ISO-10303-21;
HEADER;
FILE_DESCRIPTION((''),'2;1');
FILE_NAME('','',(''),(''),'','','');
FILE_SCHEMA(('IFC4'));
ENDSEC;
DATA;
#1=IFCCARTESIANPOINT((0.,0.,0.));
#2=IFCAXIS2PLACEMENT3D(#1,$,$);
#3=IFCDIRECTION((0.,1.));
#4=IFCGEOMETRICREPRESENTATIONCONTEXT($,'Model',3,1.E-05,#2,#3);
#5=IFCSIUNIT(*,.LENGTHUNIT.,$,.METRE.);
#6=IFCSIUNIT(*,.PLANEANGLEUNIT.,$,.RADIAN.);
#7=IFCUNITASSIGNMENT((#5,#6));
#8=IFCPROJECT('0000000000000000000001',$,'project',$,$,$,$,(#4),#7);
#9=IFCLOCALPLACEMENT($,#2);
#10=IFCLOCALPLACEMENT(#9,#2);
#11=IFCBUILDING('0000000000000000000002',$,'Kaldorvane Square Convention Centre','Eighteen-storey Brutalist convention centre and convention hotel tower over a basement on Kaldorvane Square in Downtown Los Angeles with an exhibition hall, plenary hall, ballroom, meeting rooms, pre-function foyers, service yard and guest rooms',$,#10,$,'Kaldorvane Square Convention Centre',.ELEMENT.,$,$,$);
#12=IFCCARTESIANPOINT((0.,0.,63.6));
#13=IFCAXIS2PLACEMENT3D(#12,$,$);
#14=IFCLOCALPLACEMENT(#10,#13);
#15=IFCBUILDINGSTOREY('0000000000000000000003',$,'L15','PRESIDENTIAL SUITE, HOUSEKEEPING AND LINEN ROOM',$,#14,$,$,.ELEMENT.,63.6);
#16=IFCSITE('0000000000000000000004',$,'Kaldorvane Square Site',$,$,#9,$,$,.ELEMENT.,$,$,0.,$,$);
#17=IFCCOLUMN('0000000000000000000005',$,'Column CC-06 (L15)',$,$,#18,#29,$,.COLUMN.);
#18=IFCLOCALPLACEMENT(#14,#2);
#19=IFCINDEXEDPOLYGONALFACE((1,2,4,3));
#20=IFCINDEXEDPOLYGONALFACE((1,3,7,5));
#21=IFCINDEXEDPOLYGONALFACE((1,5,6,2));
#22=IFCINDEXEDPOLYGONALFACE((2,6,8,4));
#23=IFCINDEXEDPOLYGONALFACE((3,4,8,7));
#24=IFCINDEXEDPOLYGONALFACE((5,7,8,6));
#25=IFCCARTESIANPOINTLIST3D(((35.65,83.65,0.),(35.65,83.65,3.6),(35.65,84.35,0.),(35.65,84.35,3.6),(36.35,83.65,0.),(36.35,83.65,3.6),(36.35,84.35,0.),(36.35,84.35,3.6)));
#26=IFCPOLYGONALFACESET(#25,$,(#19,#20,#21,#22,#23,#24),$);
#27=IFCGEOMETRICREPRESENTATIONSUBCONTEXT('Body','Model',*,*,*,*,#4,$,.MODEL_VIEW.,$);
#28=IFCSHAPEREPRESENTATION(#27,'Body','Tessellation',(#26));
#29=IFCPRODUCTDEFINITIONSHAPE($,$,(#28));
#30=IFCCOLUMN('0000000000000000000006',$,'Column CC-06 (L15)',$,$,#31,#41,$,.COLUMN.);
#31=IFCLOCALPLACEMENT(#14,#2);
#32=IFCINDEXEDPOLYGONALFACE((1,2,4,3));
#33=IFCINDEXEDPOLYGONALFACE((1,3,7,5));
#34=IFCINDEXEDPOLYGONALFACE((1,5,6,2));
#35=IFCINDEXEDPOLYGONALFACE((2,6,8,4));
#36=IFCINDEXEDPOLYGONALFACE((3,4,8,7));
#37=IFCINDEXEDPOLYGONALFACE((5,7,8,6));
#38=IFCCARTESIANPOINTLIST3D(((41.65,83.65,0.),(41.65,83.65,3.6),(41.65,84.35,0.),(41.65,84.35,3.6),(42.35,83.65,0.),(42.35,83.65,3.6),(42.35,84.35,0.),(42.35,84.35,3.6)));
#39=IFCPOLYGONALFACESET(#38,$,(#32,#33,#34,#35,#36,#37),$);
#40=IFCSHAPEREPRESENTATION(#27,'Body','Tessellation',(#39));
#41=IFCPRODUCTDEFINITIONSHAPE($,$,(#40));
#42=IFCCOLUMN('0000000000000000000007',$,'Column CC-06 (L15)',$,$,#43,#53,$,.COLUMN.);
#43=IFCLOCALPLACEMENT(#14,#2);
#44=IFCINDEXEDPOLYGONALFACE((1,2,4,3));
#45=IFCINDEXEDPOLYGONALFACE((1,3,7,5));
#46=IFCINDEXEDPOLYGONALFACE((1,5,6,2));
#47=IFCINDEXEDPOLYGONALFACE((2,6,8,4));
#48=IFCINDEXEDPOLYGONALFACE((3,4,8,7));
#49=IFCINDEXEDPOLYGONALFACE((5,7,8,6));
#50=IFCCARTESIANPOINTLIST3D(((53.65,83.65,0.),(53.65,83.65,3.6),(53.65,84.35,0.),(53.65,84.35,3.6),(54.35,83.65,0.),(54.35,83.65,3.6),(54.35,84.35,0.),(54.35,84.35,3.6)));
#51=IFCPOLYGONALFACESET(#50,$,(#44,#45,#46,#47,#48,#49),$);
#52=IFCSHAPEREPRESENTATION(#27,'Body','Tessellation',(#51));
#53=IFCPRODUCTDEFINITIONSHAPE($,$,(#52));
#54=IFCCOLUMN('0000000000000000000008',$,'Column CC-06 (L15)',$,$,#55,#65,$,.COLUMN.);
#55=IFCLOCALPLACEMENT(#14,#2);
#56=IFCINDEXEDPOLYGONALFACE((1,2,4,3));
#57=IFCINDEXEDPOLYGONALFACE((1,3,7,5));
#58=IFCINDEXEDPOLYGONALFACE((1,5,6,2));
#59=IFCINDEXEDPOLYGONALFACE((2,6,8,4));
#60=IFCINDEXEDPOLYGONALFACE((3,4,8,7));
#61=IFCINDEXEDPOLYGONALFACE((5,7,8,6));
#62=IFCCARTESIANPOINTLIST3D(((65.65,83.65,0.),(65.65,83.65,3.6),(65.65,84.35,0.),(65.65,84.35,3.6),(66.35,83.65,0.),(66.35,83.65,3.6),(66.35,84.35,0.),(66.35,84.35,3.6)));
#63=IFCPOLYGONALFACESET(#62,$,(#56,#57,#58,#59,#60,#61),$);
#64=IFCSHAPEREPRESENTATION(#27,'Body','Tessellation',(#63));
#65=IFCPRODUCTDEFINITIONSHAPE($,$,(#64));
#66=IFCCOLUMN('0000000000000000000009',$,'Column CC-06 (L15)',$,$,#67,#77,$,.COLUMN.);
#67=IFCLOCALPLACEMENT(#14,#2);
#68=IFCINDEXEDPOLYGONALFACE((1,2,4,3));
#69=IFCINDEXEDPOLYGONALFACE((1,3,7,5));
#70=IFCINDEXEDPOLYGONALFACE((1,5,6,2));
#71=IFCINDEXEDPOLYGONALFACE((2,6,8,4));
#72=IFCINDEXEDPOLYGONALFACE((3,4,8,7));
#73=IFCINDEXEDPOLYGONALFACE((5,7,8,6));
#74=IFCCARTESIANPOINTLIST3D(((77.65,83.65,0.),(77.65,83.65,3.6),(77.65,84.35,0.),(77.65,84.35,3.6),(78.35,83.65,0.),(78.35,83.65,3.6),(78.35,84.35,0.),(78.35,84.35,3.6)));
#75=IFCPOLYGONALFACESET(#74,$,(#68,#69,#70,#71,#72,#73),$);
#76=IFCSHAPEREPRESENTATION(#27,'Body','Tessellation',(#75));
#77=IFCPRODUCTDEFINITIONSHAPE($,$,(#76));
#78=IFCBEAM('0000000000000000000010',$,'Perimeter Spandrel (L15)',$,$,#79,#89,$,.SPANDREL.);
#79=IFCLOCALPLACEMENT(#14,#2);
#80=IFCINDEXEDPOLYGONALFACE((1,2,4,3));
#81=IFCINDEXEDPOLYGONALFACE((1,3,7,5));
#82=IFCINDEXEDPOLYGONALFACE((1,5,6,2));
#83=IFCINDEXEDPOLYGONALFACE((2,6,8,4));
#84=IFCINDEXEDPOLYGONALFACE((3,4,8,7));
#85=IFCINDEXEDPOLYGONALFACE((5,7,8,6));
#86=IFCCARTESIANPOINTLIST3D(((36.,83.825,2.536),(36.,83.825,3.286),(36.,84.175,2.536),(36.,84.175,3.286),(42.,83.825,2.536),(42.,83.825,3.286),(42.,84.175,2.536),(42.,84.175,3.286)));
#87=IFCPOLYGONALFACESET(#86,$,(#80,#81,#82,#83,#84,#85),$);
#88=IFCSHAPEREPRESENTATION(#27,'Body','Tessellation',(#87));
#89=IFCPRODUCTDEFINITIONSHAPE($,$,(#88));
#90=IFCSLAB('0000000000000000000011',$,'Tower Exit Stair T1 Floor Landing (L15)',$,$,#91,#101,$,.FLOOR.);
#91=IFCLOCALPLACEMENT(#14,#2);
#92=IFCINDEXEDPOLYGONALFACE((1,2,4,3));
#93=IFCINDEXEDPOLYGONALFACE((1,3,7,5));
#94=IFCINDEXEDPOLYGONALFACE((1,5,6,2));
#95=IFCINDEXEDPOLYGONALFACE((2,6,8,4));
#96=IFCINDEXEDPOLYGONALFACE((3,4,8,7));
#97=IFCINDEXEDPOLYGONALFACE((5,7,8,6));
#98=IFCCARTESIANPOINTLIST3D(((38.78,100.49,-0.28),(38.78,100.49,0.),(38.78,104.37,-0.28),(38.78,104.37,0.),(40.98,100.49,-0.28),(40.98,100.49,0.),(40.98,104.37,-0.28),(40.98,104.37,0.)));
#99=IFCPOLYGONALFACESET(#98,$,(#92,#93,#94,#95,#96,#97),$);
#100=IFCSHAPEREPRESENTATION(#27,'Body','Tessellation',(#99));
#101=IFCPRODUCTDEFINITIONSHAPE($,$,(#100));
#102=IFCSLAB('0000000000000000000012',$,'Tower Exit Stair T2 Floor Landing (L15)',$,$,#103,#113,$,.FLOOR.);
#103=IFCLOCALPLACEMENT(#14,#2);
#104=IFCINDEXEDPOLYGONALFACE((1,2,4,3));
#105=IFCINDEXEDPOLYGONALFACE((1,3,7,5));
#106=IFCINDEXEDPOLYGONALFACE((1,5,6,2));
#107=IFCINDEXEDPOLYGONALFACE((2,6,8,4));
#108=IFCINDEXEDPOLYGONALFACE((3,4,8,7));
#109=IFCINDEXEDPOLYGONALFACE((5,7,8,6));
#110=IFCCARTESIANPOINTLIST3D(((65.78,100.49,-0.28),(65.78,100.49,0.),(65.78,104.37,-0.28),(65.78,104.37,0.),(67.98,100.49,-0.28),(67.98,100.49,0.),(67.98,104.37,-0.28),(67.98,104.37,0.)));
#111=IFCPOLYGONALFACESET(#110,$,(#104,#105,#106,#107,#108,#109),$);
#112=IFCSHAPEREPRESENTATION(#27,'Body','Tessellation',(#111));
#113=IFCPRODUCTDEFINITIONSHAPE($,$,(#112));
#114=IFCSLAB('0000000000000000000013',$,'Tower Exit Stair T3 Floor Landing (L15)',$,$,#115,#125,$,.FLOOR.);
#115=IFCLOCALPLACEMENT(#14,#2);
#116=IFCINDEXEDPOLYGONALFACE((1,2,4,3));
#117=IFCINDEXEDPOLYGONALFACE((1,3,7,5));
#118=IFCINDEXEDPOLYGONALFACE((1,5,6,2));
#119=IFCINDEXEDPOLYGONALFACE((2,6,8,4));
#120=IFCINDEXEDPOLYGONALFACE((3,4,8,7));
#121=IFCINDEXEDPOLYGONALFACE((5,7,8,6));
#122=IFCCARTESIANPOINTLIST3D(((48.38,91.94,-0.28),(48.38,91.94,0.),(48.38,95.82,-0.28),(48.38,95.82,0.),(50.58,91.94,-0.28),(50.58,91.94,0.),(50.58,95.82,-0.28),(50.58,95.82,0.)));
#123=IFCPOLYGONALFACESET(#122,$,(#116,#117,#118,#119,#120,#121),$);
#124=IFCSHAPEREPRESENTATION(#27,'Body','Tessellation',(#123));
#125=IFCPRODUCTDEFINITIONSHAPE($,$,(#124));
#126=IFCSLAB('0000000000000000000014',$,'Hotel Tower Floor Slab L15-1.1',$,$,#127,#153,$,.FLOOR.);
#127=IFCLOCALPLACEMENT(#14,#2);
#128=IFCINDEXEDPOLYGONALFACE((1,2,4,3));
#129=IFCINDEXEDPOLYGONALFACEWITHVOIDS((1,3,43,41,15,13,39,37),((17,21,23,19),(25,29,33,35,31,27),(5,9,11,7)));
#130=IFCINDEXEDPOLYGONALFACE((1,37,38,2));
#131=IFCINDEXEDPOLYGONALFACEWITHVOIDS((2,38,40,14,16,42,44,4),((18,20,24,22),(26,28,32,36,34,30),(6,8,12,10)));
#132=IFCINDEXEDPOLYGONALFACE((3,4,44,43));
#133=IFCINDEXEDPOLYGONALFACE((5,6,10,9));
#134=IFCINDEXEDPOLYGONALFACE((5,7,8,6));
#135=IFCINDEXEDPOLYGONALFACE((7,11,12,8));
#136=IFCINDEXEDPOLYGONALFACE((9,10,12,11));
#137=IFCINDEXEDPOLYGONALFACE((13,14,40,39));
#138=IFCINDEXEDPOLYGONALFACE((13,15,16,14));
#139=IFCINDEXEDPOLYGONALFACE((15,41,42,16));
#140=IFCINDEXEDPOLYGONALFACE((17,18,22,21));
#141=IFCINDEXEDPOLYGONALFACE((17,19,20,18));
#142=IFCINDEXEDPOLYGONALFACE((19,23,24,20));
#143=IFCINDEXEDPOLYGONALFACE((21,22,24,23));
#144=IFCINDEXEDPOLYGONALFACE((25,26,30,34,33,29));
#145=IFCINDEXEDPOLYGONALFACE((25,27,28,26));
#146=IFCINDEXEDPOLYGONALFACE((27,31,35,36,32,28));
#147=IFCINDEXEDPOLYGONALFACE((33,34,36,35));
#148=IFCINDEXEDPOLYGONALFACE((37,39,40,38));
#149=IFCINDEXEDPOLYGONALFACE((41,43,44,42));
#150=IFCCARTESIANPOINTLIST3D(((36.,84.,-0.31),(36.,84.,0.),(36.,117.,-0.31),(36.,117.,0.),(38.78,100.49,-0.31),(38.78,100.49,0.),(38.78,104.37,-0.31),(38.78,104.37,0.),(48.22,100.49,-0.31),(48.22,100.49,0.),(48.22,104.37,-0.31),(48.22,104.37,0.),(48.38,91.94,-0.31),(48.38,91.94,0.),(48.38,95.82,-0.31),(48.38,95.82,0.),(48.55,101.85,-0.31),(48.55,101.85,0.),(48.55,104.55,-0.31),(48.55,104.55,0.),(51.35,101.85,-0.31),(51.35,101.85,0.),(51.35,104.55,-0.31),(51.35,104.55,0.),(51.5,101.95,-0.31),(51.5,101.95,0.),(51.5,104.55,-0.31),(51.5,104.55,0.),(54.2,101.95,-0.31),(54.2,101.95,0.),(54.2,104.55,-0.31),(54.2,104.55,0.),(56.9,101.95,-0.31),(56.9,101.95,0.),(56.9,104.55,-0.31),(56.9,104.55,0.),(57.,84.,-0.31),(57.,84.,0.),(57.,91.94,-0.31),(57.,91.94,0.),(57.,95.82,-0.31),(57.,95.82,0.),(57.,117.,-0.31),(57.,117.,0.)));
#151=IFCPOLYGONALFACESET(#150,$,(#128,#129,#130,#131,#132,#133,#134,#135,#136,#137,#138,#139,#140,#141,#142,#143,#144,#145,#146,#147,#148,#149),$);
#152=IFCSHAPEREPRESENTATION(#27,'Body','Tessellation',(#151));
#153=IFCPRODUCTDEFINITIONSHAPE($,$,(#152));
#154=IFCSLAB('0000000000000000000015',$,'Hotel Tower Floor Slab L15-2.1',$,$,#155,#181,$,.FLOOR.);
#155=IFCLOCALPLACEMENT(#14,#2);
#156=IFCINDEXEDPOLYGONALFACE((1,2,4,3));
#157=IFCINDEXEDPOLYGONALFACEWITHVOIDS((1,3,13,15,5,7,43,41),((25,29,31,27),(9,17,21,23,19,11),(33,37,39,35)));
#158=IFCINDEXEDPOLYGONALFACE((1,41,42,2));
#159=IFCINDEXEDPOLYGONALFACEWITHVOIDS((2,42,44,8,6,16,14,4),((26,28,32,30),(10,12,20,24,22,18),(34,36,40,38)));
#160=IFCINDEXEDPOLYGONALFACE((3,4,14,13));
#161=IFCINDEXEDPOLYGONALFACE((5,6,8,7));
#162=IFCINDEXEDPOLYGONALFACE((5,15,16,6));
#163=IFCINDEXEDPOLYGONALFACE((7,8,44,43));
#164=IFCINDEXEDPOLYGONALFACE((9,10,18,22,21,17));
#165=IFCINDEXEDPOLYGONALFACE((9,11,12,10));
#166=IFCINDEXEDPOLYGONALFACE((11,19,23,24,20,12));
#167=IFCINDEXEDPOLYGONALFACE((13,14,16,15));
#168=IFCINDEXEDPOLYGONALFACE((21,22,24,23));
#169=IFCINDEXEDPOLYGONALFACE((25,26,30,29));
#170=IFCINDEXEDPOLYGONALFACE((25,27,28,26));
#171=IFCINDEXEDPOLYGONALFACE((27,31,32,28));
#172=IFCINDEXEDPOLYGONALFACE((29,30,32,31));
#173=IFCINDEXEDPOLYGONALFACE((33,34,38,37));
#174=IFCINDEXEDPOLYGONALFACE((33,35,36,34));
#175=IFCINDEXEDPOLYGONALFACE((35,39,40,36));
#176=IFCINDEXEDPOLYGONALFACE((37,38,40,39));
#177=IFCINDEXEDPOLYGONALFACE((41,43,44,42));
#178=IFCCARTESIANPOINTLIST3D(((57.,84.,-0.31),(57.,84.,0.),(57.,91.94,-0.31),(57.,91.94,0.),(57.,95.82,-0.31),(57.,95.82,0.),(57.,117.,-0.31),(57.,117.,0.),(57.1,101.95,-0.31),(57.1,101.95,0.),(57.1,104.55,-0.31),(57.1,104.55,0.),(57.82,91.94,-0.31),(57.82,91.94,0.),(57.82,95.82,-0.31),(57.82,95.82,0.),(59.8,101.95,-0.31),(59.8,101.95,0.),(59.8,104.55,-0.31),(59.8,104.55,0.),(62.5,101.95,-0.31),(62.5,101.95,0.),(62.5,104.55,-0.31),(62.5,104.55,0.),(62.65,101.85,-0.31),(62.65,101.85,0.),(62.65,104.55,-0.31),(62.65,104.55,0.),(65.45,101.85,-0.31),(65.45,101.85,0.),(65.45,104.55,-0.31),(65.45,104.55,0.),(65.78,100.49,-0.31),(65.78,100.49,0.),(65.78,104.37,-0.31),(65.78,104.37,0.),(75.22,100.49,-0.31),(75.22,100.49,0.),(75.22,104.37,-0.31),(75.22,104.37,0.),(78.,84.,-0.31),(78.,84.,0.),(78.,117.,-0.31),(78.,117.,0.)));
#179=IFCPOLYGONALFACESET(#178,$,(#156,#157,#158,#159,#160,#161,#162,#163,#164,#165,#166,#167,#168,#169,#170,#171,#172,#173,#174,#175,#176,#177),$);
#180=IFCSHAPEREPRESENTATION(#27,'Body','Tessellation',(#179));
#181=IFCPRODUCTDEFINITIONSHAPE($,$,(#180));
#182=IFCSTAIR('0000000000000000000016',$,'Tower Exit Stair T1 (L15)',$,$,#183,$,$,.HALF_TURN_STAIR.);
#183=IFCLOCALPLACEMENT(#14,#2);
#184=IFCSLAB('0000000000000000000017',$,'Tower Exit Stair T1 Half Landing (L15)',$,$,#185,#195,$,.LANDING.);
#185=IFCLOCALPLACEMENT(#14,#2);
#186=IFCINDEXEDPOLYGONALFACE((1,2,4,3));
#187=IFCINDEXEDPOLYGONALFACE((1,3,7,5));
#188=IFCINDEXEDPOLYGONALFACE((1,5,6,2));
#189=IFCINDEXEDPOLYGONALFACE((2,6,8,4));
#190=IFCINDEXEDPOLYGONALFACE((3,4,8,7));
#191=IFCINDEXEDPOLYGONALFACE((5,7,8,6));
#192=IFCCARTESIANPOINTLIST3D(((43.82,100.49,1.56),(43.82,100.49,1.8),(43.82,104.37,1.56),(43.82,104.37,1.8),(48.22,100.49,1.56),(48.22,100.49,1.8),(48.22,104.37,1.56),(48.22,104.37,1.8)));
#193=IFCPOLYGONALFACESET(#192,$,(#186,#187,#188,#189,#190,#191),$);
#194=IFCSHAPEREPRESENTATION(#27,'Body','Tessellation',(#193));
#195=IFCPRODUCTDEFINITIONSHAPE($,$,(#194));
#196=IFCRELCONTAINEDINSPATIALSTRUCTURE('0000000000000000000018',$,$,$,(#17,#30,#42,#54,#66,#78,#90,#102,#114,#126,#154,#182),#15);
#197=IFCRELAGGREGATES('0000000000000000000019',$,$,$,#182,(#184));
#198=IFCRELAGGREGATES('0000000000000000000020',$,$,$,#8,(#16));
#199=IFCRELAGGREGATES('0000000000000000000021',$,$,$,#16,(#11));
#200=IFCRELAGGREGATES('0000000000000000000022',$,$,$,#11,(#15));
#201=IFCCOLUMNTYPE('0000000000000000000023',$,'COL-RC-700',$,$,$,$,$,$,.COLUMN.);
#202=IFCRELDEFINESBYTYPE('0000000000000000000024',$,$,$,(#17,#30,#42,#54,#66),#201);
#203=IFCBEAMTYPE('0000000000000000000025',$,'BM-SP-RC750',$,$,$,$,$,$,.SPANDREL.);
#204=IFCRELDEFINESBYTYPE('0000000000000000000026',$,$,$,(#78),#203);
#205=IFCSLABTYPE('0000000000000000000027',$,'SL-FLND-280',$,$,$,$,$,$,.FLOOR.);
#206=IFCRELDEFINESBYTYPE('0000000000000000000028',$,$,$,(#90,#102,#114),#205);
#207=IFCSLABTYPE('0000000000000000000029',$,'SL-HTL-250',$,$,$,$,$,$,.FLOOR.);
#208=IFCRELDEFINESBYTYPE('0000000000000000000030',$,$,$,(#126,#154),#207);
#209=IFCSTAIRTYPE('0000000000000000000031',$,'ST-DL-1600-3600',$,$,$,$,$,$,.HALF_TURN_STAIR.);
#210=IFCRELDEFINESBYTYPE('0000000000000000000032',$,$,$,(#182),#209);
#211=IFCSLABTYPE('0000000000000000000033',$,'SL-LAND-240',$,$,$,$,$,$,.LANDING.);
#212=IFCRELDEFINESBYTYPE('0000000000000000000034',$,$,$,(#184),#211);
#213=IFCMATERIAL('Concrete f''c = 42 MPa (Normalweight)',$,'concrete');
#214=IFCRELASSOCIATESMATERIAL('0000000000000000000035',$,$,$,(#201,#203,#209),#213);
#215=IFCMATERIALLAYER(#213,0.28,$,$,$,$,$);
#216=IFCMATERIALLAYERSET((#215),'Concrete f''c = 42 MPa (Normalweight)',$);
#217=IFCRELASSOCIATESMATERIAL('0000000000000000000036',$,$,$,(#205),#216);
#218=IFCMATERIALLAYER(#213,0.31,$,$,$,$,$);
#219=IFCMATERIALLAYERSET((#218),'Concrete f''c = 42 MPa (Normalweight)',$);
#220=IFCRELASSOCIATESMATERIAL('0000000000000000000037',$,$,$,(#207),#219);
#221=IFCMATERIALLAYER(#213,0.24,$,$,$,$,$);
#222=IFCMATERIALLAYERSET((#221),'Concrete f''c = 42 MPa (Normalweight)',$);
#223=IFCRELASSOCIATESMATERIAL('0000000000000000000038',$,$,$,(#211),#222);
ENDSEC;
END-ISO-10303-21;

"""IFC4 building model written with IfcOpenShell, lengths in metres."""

from ifc_helpers import new_model, si_unit, direction, frame, origin, origin_2d, place, context, subcontext, project, spatial, polyline, rectangle, outline, extrude, material, layer, layer_set, material_profile, profile_set, type_object, element, aggregate, save


model = new_model("IFC4")

# Units and contexts
model_context = context("Model", 3, precision=1e-05, world=origin(), true_north=direction((0.0, 1.0)))
body_context = subcontext(model_context, "Body", "Model", "MODEL_VIEW")
ifc_project = project(units=[si_unit("LENGTHUNIT", "METRE"), si_unit("PLANEANGLEUNIT", "RADIAN")], contexts=[model_context])

# Site, building, storey
site_placement = place(None, origin())
site = spatial("IfcSite", under=ifc_project, at=site_placement, Name="Kaldorvane Square Site", CompositionType="ELEMENT", RefElevation=0.0)
building_placement = place(site_placement, origin())
building = spatial("IfcBuilding", under=site, at=building_placement, Name="Kaldorvane Square Convention Centre", Description="Eighteen-storey Brutalist convention centre and convention hotel tower over a basement on Kaldorvane Square in Downtown Los Angeles with an exhibition hall, plenary hall, ballroom, meeting rooms, pre-function foyers, service yard and guest rooms", LongName="Kaldorvane Square Convention Centre", CompositionType="ELEMENT")
storey_placement = place(building_placement, frame((0.0, 0.0, 63.6)))
storey = spatial("IfcBuildingStorey", under=building, at=storey_placement, Name="L15", Description="PRESIDENTIAL SUITE, HOUSEKEEPING AND LINEN ROOM", CompositionType="ELEMENT", Elevation=63.6)

# Columns
ifc_material = material(Name="Concrete f'c = 42 MPa (Normalweight)", Category="concrete")
ifc_material_profile_1 = material_profile(ifc_material, rectangle(XDim=0.7, YDim=0.7, at=origin_2d()), Name="RC700X700")
ifc_profile_set_1 = profile_set([ifc_material_profile_1], Name="Concrete f'c = 42 MPa (Normalweight)")
column_type = type_object("IfcColumnType", Name="COL-RC-700", PredefinedType="COLUMN", material=ifc_profile_set_1)
for number, where, z_axis, x_axis, name in (
    (1, (36.0, 84.0, 0.0), (0.0, 0.0, 1.0), (1.0, 0.0, 0.0), "Column CC-06 (L15)"),
    (2, (42.0, 84.0, 0.0), (0.0, 0.0, 1.0), (1.0, 0.0, 0.0), "Column CC-06 (L15)"),
    (3, (54.0, 84.0, 0.0), (0.0, 0.0, 1.0), (1.0, 0.0, 0.0), "Column CC-06 (L15)"),
    (4, (66.0, 84.0, 0.0), (0.0, 0.0, 1.0), (1.0, 0.0, 0.0), "Column CC-06 (L15)"),
    (5, (78.0, 84.0, 0.0), (0.0, 0.0, 1.0), (1.0, 0.0, 0.0), "Column CC-06 (L15)"),
):
    element("IfcColumn", number, at=place(storey_placement, frame(where, z_axis=z_axis, x_axis=x_axis)), inside=storey, type_object=column_type, Name=name, PredefinedType="COLUMN", context=body_context, shape_type="SweptSolid", body=[
        extrude(rectangle(XDim=0.7, YDim=0.7, at=origin_2d()), origin(), (0.0, 0.0, 1.0), 3.6),
    ])

# Beam
ifc_material_profile_2 = material_profile(ifc_material, rectangle(XDim=0.35, YDim=0.75, at=origin_2d()), Name="RCSP750X350")
ifc_profile_set_2 = profile_set([ifc_material_profile_2], Name="Concrete f'c = 42 MPa (Normalweight)")
beam_type = type_object("IfcBeamType", Name="BM-SP-RC750", PredefinedType="SPANDREL", material=ifc_profile_set_2)
beam_placement = place(storey_placement, frame((36.0, 84.0, 2.911), z_axis=(1.0, 0.0, 0.0), x_axis=(0.0, 1.0, 0.0)))
element("IfcBeam", 6, at=beam_placement, inside=storey, type_object=beam_type, Name="Perimeter Spandrel (L15)", PredefinedType="SPANDREL", context=body_context, shape_type="SweptSolid", body=[
    extrude(rectangle(XDim=0.35, YDim=0.75, at=origin_2d()), origin(), (0.0, 0.0, 1.0), 6.0),
])

# Slabs
ifc_layer_1 = layer(ifc_material, 0.28)
ifc_layer_set_1 = layer_set([ifc_layer_1], Name="Concrete f'c = 42 MPa (Normalweight)")
slab_type_1 = type_object("IfcSlabType", Name="SL-FLND-280", PredefinedType="FLOOR", material=ifc_layer_set_1)
slab_1_placement = place(storey_placement, frame((0.0, 0.0, -0.28)))
element("IfcSlab", 7, at=slab_1_placement, inside=storey, type_object=slab_type_1, Name="Tower Exit Stair T1 Floor Landing (L15)", PredefinedType="FLOOR", context=body_context, shape_type="SweptSolid", body=[
    extrude(outline(polyline([(38.78, 100.49), (40.98, 100.49), (40.98, 104.37), (38.78, 104.37), (38.78, 100.49)])), origin(), (0.0, 0.0, 1.0), 0.28),
])
slab_2_placement = place(storey_placement, frame((0.0, 0.0, -0.28)))
element("IfcSlab", 8, at=slab_2_placement, inside=storey, type_object=slab_type_1, Name="Tower Exit Stair T2 Floor Landing (L15)", PredefinedType="FLOOR", context=body_context, shape_type="SweptSolid", body=[
    extrude(outline(polyline([(65.78, 100.49), (67.98, 100.49), (67.98, 104.37), (65.78, 104.37), (65.78, 100.49)])), origin(), (0.0, 0.0, 1.0), 0.28),
])
slab_3_placement = place(storey_placement, frame((0.0, 0.0, -0.28)))
element("IfcSlab", 9, at=slab_3_placement, inside=storey, type_object=slab_type_1, Name="Tower Exit Stair T3 Floor Landing (L15)", PredefinedType="FLOOR", context=body_context, shape_type="SweptSolid", body=[
    extrude(outline(polyline([(48.38, 91.94), (50.58, 91.94), (50.58, 95.82), (48.38, 95.82), (48.38, 91.94)])), origin(), (0.0, 0.0, 1.0), 0.28),
])
ifc_layer_2 = layer(ifc_material, 0.31)
ifc_layer_set_2 = layer_set([ifc_layer_2], Name="Concrete f'c = 42 MPa (Normalweight)")
slab_type_2 = type_object("IfcSlabType", Name="SL-HTL-250", PredefinedType="FLOOR", material=ifc_layer_set_2)
slab_4_placement = place(storey_placement, frame((0.0, 0.0, -0.31)))
element("IfcSlab", 10, at=slab_4_placement, inside=storey, type_object=slab_type_2, Name="Hotel Tower Floor Slab L15-1.1", PredefinedType="FLOOR", context=body_context, shape_type="SweptSolid", body=[
    extrude(outline(polyline([(36.0, 117.0), (57.0, 117.0), (57.0, 95.82), (48.38, 95.82), (48.38, 91.94), (57.0, 91.94), (57.0, 84.0), (36.0, 84.0), (36.0, 117.0)]), holes=[polyline([(38.78, 104.37), (38.78, 100.49), (48.22, 100.49), (48.22, 104.37), (38.78, 104.37)]), polyline([(48.55, 104.55), (48.55, 101.85), (51.35, 101.85), (51.35, 104.55), (48.55, 104.55)]), polyline([(51.5, 104.55), (51.5, 101.95), (54.2, 101.95), (56.9, 101.95), (56.9, 104.55), (54.2, 104.55), (51.5, 104.55)])]), origin(), (0.0, 0.0, 1.0), 0.31),
])
slab_5_placement = place(storey_placement, frame((0.0, 0.0, -0.31)))
element("IfcSlab", 11, at=slab_5_placement, inside=storey, type_object=slab_type_2, Name="Hotel Tower Floor Slab L15-2.1", PredefinedType="FLOOR", context=body_context, shape_type="SweptSolid", body=[
    extrude(outline(polyline([(78.0, 117.0), (78.0, 84.0), (57.0, 84.0), (57.0, 91.94), (57.82, 91.94), (57.82, 95.82), (57.0, 95.82), (57.0, 117.0), (78.0, 117.0)]), holes=[polyline([(65.78, 104.37), (65.78, 100.49), (75.22, 100.49), (75.22, 104.37), (65.78, 104.37)]), polyline([(62.65, 104.55), (62.65, 101.85), (65.45, 101.85), (65.45, 104.55), (62.65, 104.55)]), polyline([(57.1, 104.55), (57.1, 101.95), (59.8, 101.95), (62.5, 101.95), (62.5, 104.55), (59.8, 104.55), (57.1, 104.55)])]), origin(), (0.0, 0.0, 1.0), 0.31),
])

# Stair, slab
stair_type = type_object("IfcStairType", Name="ST-DL-1600-3600", PredefinedType="HALF_TURN_STAIR", material=ifc_material)
stair_1_placement = place(storey_placement, origin())
stair_1 = element("IfcStair", 12, at=stair_1_placement, inside=storey, type_object=stair_type, Name="Tower Exit Stair T1 (L15)", PredefinedType="HALF_TURN_STAIR")
ifc_layer_3 = layer(ifc_material, 0.24)
ifc_layer_set_3 = layer_set([ifc_layer_3], Name="Concrete f'c = 42 MPa (Normalweight)")
slab_type_3 = type_object("IfcSlabType", Name="SL-LAND-240", PredefinedType="LANDING", material=ifc_layer_set_3)
slab_6_placement = place(storey_placement, frame((0.0, 0.0, 1.56)))
slab_6 = element("IfcSlab", 13, at=slab_6_placement, type_object=slab_type_3, Name="Tower Exit Stair T1 Half Landing (L15)", PredefinedType="LANDING", context=body_context, shape_type="SweptSolid", body=[
    extrude(outline(polyline([(43.82, 100.49), (48.22, 100.49), (48.22, 104.37), (43.82, 104.37), (43.82, 100.49)])), origin(), (0.0, 0.0, 1.0), 0.24),
])
aggregate(stair_1, [slab_6])

save(model, "model.ifc")
